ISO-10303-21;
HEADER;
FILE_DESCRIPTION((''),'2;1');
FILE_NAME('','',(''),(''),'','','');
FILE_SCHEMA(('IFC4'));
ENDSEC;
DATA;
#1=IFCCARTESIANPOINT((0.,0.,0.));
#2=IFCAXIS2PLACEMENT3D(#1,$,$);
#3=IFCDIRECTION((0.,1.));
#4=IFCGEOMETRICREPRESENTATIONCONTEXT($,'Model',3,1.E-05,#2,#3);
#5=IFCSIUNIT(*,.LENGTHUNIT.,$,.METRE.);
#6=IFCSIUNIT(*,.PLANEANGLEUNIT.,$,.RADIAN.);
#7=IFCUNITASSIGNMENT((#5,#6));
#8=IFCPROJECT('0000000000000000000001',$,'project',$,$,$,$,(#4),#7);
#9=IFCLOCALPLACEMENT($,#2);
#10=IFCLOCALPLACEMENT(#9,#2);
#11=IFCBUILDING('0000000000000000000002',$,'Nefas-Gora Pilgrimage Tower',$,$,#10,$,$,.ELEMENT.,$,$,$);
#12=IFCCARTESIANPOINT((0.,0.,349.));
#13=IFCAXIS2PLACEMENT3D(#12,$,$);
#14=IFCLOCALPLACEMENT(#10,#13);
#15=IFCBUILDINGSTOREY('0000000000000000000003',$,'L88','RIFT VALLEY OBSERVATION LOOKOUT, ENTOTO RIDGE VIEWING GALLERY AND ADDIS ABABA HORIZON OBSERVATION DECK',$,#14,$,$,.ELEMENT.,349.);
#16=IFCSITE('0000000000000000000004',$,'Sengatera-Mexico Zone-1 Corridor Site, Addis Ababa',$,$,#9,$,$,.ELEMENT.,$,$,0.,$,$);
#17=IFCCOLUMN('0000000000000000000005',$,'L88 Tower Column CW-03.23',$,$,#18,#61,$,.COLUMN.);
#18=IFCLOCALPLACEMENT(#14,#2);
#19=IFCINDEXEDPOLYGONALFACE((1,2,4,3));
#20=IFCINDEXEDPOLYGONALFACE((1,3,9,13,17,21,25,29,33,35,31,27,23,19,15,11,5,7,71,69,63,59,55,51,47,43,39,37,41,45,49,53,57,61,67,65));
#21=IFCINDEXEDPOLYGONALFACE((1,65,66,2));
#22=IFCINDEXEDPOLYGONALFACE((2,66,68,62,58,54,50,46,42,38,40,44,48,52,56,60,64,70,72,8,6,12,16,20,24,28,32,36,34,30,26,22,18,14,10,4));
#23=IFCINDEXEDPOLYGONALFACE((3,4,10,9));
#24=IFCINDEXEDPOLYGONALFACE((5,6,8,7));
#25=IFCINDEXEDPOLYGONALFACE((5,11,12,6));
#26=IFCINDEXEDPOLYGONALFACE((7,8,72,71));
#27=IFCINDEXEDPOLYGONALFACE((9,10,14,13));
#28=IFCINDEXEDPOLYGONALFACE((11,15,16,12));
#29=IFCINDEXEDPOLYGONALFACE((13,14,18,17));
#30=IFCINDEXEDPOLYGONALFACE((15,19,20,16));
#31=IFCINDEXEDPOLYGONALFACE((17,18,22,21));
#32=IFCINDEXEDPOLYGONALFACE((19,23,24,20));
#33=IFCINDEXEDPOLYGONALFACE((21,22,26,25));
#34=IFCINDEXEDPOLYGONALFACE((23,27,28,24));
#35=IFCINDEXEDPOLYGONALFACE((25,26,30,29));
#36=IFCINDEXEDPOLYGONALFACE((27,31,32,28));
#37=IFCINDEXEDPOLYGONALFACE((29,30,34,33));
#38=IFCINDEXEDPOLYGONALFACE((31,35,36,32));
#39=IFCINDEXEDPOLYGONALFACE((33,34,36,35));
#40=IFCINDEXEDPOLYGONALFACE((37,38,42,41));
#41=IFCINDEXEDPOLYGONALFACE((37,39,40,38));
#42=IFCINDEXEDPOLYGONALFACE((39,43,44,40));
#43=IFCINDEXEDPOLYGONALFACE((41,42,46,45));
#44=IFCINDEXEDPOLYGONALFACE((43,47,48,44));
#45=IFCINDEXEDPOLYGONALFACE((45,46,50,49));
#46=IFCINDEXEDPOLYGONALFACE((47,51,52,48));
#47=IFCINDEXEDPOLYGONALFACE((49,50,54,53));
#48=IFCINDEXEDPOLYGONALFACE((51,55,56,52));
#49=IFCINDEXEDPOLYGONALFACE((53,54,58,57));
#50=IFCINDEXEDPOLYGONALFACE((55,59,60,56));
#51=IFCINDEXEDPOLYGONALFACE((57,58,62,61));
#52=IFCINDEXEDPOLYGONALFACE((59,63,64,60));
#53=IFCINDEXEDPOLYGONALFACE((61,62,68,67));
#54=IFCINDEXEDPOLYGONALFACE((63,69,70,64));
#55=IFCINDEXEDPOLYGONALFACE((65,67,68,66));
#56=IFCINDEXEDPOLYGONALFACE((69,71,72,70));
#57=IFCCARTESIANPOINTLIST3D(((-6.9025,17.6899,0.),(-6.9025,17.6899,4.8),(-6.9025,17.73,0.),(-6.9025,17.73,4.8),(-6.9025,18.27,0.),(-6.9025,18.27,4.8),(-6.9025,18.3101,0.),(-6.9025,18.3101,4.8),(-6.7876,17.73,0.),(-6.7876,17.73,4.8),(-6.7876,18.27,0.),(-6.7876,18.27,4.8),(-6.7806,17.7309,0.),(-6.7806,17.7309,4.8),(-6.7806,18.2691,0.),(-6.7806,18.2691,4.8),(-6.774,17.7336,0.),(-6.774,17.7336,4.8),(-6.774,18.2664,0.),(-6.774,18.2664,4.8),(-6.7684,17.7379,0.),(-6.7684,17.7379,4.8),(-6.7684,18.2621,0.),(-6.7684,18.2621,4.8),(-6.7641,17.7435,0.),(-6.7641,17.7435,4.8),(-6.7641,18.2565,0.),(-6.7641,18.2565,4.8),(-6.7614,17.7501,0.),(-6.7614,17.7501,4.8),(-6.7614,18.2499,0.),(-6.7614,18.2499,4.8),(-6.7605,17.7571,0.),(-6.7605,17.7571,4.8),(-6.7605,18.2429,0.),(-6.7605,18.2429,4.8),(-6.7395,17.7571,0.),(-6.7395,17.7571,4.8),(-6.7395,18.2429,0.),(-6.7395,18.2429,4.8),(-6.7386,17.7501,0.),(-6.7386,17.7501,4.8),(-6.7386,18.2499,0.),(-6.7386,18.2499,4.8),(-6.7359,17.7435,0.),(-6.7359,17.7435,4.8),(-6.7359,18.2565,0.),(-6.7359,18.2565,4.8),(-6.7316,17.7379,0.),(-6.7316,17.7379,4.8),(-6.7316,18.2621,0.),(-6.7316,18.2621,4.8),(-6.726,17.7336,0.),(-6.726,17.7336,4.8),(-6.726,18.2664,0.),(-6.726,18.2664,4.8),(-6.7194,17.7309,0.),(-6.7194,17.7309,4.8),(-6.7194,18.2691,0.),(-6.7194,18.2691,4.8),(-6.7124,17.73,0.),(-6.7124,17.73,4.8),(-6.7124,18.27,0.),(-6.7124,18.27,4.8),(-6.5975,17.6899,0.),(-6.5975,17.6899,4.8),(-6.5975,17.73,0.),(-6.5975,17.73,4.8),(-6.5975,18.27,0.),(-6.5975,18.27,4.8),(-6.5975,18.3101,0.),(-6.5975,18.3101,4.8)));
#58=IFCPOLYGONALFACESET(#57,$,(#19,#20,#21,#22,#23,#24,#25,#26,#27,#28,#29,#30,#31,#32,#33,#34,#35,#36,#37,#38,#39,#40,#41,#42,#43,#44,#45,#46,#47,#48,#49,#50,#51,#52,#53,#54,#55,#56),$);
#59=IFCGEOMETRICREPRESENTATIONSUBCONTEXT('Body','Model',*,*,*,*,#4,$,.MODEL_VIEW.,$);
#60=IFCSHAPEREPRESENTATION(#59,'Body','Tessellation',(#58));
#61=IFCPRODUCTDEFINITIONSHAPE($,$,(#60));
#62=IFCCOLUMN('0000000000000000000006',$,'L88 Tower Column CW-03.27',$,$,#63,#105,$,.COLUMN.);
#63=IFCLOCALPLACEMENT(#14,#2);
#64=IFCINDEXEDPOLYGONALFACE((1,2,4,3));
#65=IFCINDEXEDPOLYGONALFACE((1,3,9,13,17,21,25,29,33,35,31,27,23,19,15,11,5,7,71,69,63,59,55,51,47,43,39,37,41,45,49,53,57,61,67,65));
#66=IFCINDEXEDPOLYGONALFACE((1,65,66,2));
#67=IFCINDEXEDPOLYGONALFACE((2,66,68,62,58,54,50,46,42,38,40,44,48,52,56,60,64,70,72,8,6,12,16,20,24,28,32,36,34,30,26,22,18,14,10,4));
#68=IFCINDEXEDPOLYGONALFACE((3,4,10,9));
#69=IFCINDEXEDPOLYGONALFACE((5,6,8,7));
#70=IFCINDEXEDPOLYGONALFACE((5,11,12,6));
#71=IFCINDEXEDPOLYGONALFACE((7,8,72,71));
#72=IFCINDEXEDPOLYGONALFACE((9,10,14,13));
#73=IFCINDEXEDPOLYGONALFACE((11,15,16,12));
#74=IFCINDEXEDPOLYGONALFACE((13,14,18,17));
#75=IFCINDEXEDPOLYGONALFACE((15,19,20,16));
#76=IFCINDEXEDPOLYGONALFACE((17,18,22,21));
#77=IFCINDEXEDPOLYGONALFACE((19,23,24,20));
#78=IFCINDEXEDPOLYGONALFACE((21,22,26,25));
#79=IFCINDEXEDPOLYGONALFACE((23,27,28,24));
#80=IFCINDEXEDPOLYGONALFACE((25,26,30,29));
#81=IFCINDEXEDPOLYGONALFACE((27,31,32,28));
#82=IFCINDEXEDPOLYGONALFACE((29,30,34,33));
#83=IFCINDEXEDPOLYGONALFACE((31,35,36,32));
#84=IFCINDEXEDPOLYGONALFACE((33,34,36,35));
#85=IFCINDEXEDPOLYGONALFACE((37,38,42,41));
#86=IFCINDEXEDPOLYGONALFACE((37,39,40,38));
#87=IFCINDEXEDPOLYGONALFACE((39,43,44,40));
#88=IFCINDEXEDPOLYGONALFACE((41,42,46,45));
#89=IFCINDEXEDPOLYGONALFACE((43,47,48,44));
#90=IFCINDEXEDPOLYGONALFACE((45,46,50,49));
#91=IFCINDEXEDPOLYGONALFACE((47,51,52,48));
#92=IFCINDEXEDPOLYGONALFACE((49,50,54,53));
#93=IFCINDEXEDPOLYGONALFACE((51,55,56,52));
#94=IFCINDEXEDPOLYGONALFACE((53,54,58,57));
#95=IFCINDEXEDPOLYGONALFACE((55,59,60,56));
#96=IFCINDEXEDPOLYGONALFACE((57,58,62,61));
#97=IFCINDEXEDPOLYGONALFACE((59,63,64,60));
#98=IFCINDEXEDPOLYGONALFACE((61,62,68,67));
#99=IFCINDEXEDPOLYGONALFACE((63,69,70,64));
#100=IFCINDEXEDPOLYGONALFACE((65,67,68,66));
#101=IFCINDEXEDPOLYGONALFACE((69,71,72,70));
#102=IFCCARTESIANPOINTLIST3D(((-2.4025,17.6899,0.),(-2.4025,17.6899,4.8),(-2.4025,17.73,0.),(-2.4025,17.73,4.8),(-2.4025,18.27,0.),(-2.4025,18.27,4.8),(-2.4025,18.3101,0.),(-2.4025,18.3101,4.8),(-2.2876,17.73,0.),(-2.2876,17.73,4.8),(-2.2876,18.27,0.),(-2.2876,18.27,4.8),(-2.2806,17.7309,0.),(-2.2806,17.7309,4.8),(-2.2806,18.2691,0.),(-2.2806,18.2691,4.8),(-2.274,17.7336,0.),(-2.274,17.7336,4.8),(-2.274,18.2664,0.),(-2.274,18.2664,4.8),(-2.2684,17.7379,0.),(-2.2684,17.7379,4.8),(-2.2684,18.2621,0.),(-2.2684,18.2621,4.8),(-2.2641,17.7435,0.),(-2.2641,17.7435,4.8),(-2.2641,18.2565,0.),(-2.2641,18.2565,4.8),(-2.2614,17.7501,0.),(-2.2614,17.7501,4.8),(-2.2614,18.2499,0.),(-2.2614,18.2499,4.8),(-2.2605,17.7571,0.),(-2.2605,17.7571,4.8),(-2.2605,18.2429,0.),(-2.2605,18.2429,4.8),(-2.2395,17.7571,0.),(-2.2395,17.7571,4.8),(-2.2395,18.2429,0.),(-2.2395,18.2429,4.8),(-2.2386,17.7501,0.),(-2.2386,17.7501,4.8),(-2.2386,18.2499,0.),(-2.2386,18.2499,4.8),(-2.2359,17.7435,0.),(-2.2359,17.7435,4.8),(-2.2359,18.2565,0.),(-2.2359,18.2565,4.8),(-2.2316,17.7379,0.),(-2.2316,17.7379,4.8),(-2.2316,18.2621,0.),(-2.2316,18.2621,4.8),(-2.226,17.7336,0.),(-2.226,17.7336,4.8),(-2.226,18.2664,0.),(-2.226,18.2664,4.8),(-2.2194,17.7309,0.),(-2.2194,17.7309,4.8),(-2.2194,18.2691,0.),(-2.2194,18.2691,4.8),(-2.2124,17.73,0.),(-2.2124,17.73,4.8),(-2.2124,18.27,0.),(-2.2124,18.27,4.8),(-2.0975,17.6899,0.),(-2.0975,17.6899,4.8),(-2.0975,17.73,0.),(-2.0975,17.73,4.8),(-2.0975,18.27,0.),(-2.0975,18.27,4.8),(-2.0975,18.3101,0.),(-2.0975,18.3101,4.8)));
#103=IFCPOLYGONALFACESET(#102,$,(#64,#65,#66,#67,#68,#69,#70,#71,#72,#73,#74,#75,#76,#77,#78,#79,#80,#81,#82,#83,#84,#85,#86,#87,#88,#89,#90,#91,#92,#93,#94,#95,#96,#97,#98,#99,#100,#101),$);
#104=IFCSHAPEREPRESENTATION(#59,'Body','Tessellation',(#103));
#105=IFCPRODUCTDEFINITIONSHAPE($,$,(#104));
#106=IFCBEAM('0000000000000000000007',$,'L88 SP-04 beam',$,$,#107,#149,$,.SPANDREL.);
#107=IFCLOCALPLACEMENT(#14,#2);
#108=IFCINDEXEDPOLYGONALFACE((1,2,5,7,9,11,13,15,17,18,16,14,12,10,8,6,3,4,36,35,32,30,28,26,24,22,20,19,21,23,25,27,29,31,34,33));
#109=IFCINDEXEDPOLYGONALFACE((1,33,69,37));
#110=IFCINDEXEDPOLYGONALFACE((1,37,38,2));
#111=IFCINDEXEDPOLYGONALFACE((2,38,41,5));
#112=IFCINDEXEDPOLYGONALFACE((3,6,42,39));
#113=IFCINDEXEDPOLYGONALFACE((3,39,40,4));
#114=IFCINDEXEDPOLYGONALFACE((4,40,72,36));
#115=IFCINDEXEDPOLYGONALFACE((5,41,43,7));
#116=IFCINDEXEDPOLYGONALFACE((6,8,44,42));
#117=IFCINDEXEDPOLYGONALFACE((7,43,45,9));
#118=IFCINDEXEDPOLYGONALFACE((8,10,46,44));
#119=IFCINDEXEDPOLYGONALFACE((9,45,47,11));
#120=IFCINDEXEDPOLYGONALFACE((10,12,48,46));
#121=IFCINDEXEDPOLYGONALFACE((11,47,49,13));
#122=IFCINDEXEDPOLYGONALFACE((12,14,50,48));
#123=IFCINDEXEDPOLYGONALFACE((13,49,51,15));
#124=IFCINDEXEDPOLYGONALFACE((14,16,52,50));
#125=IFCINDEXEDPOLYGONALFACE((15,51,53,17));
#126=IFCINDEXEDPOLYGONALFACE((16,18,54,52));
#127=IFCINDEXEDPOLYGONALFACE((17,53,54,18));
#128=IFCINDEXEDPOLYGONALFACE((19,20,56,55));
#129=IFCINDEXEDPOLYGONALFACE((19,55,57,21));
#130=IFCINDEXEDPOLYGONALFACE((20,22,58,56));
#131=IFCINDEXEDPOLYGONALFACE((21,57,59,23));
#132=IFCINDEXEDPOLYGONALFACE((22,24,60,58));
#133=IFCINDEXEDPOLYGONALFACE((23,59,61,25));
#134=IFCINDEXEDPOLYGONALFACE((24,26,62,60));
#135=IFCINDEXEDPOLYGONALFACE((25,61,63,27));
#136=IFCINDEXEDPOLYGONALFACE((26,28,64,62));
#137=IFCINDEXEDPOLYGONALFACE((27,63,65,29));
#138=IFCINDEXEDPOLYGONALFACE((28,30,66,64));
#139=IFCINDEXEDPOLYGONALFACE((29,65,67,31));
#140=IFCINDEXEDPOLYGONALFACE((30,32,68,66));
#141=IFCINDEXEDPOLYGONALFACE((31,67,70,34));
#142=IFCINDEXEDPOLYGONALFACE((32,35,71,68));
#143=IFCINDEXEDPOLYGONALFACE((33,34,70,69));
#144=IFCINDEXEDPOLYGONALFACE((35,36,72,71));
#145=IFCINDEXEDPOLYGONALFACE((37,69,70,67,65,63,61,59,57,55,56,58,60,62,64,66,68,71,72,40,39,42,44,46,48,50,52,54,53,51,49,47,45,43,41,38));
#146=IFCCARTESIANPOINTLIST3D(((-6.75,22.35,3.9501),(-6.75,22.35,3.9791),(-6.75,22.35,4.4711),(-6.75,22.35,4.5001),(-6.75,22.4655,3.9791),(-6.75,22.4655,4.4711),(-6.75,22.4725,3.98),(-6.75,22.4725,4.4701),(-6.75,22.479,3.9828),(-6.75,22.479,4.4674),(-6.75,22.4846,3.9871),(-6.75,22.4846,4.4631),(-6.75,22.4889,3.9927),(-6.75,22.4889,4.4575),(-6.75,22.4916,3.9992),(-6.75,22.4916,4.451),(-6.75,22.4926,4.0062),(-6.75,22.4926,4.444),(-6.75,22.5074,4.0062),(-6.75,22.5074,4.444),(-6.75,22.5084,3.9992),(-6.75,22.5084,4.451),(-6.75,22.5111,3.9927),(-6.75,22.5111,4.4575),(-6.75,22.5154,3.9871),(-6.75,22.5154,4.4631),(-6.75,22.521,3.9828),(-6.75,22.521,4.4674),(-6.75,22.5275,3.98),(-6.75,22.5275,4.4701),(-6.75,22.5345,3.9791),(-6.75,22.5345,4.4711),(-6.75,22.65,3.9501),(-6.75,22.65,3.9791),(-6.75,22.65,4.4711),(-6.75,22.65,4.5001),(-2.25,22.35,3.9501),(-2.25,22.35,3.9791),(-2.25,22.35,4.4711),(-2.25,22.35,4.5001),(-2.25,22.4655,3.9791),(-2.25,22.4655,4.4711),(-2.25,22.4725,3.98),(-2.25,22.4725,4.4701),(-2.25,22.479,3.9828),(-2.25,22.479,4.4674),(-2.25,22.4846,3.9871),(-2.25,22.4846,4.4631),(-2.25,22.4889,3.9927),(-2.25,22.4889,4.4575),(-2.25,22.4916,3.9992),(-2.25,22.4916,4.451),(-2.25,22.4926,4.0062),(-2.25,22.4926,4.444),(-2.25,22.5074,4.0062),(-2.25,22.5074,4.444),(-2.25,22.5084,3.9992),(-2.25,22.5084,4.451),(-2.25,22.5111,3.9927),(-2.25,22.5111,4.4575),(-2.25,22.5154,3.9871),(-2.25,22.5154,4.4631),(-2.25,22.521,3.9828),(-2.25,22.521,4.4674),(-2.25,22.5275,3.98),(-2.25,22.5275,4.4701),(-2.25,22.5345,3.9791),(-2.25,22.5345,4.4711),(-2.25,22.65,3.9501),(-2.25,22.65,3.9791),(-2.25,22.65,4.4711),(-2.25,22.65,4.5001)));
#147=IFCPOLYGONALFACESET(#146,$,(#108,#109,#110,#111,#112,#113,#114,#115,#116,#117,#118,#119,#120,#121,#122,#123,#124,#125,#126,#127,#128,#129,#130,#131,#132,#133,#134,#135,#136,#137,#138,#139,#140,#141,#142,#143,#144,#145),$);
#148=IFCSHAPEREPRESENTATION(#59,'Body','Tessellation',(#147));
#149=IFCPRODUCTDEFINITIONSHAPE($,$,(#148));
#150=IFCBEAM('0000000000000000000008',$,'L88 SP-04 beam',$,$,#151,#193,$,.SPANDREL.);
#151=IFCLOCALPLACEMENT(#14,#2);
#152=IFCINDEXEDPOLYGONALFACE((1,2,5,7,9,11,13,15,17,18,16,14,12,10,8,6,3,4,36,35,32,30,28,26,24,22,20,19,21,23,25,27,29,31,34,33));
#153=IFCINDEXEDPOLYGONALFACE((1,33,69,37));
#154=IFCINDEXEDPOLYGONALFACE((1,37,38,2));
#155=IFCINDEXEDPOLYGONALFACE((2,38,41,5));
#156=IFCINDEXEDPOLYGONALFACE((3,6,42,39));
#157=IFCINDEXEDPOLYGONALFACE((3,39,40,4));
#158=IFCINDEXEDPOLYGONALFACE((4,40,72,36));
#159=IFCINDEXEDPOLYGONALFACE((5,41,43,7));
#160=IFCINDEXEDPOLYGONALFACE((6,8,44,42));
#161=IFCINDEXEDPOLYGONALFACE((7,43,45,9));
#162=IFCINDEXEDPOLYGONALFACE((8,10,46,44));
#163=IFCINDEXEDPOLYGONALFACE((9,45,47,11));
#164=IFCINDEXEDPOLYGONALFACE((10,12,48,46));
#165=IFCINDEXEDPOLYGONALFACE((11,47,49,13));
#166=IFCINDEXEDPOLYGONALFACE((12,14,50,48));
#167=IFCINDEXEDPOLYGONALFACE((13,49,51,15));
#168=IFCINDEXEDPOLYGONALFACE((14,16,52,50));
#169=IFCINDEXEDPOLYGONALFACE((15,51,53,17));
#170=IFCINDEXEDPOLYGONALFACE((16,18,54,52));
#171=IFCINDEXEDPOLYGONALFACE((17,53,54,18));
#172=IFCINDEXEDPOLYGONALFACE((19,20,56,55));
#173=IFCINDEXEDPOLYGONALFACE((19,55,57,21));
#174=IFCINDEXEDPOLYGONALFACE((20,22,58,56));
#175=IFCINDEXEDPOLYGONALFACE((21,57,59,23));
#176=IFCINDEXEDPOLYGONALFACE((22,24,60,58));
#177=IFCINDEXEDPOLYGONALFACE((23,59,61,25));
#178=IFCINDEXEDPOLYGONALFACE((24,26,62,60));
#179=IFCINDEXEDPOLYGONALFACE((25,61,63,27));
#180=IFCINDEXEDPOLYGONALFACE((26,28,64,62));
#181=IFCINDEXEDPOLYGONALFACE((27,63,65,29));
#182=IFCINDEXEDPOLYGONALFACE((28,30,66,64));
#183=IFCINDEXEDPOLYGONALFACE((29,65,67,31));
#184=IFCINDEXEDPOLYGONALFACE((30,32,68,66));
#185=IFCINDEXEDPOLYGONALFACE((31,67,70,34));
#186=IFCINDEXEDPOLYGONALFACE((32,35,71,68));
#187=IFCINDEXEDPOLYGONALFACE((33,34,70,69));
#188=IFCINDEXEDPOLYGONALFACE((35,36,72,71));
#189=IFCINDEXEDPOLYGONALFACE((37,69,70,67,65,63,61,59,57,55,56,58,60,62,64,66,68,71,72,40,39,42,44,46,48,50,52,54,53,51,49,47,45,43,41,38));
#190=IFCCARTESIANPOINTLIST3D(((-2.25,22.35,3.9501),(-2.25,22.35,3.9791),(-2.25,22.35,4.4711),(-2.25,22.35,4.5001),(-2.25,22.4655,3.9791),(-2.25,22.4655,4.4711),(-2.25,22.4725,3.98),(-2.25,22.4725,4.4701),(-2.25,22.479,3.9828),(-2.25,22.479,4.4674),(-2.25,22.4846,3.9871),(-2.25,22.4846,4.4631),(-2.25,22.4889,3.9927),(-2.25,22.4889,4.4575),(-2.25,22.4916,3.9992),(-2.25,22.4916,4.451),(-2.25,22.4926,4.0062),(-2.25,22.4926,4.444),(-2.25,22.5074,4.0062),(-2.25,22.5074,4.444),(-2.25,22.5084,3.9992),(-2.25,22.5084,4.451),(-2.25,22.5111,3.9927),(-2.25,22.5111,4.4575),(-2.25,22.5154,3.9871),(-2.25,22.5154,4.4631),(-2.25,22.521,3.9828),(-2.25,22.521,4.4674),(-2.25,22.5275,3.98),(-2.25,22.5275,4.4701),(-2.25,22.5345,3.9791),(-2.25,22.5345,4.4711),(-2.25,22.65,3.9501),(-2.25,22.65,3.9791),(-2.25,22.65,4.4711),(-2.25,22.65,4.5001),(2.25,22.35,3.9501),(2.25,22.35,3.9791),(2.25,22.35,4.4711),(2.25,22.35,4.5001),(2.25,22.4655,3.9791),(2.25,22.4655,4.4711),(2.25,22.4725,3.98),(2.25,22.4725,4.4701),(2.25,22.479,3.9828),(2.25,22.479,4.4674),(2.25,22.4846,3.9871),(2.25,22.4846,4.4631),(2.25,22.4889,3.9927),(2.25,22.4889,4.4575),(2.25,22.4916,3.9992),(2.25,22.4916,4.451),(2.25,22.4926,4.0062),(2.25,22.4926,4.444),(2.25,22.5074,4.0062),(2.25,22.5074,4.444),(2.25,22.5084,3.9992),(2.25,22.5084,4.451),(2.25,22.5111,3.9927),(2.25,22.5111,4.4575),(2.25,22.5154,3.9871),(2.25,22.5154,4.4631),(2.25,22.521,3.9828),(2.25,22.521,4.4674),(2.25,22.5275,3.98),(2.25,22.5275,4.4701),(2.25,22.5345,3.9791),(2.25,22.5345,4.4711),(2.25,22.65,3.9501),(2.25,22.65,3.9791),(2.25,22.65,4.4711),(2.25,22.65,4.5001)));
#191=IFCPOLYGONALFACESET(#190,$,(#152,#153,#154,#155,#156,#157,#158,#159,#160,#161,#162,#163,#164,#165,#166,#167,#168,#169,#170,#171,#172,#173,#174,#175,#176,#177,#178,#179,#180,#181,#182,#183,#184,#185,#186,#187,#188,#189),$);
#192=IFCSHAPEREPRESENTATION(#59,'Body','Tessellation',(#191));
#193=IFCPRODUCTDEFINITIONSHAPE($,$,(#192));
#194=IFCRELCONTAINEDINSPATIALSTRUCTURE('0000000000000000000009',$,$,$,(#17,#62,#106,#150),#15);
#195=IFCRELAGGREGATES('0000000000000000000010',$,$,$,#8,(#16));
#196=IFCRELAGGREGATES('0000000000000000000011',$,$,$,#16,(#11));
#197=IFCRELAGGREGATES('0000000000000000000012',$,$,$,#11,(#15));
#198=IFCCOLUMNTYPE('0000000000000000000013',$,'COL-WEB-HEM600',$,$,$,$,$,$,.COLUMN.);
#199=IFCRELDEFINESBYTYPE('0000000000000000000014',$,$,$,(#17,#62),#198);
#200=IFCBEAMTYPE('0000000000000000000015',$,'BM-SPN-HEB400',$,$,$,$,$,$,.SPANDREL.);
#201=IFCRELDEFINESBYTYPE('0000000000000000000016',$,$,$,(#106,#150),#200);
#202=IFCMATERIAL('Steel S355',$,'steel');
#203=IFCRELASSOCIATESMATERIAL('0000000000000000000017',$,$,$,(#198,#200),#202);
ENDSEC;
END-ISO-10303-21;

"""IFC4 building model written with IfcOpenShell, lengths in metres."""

from ifc_helpers import new_model, si_unit, direction, frame, origin, origin_2d, place, context, subcontext, project, spatial, i_section, extrude, source, transform, mapped, material, material_profile, profile_set, type_object, element, save


model = new_model("IFC4")

# Units and contexts
model_context = context("Model", 3, precision=1e-05, world=origin(), true_north=direction((0.0, 1.0)))
body_context = subcontext(model_context, "Body", "Model", "MODEL_VIEW")
ifc_project = project(units=[si_unit("LENGTHUNIT", "METRE"), si_unit("PLANEANGLEUNIT", "RADIAN")], contexts=[model_context])

# Site, building, storey
site_placement = place(None, origin())
site = spatial("IfcSite", under=ifc_project, at=site_placement, Name="Sengatera-Mexico Zone-1 Corridor Site, Addis Ababa", CompositionType="ELEMENT", RefElevation=0.0)
building_placement = place(site_placement, origin())
building = spatial("IfcBuilding", under=site, at=building_placement, Name="Nefas-Gora Pilgrimage Tower", CompositionType="ELEMENT")
storey_placement = place(building_placement, frame((0.0, 0.0, 349.0)))
storey = spatial("IfcBuildingStorey", under=building, at=storey_placement, Name="L88", Description="RIFT VALLEY OBSERVATION LOOKOUT, ENTOTO RIDGE VIEWING GALLERY AND ADDIS ABABA HORIZON OBSERVATION DECK", CompositionType="ELEMENT", Elevation=349.0)

# Columns
ifc_material_1 = material(Name="Steel S355", Category="steel")
ifc_material_profile_1 = material_profile(ifc_material_1, i_section(OverallWidth=0.3049, OverallDepth=0.6201, WebThickness=0.021, FlangeThickness=0.04, FilletRadius=0.0271, at=origin_2d()), Name="HEM 600")
ifc_profile_set_1 = profile_set([ifc_material_profile_1], Name="Steel S355")
column_type_1 = type_object("IfcColumnType", Name="COL-WEB-HEM600", PredefinedType="COLUMN", material=ifc_profile_set_1)
shared_shape_1 = source(origin(), body_context, "Body", "SweptSolid", [
    extrude(i_section(OverallWidth=0.3049, OverallDepth=0.6201, WebThickness=0.021, FlangeThickness=0.04, FilletRadius=0.0271, at=origin_2d()), origin(), (0.0, 0.0, 1.0), 4.8),
])
for number, where, z_axis, x_axis, name in (
    (1, (-6.75, 18.0, 0.0), (0.0, 0.0, 1.0), (1.0, 0.0, 0.0), "L88 Tower Column CW-03.23"),
    (2, (-2.25, 18.0, 0.0), (0.0, 0.0, 1.0), (1.0, 0.0, 0.0), "L88 Tower Column CW-03.27"),
):
    element("IfcColumn", number, at=place(storey_placement, frame(where, z_axis=z_axis, x_axis=x_axis)), inside=storey, type_object=column_type_1, Name=name, PredefinedType="COLUMN", context=body_context, shape_type="MappedRepresentation", body=[
        mapped(shared_shape_1, transform((0.0, 0.0, 0.0), x_axis=(1.0, 0.0, 0.0), y_axis=(0.0, 1.0, 0.0), z_axis=(0.0, 0.0, 1.0), scale=1.0)),
    ])

# Beams
ifc_material_profile_2 = material_profile(ifc_material_1, i_section(OverallWidth=0.3, OverallDepth=0.55, WebThickness=0.0149, FlangeThickness=0.0291, FilletRadius=0.0271, at=origin_2d()), Name="HEB 550")
ifc_profile_set_2 = profile_set([ifc_material_profile_2], Name="Steel S355")
beam_type_1 = type_object("IfcBeamType", Name="BM-SPN-HEB400", PredefinedType="SPANDREL", material=ifc_profile_set_2)
shared_shape_2 = source(origin(), body_context, "Body", "SweptSolid", [
    extrude(i_section(OverallWidth=0.3, OverallDepth=0.55, WebThickness=0.0149, FlangeThickness=0.0291, FilletRadius=0.0271, at=origin_2d()), origin(), (0.0, 0.0, 1.0), 4.5),
])
for number, where, z_axis, x_axis, name in (
    (3, (-6.75, 22.5, 4.2251), (1.0, 0.0, 0.0), (0.0, 1.0, 0.0), "L88 SP-04 beam"),
    (4, (-2.25, 22.5, 4.2251), (1.0, 0.0, 0.0), (0.0, 1.0, 0.0), "L88 SP-04 beam"),
):
    element("IfcBeam", number, at=place(storey_placement, frame(where, z_axis=z_axis, x_axis=x_axis)), inside=storey, type_object=beam_type_1, Name=name, PredefinedType="SPANDREL", context=body_context, shape_type="MappedRepresentation", body=[
        mapped(shared_shape_2, transform((0.0, 0.0, 0.0), x_axis=(1.0, 0.0, 0.0), y_axis=(0.0, 1.0, 0.0), z_axis=(0.0, 0.0, 1.0), scale=1.0)),
    ])

save(model, "model.ifc")
